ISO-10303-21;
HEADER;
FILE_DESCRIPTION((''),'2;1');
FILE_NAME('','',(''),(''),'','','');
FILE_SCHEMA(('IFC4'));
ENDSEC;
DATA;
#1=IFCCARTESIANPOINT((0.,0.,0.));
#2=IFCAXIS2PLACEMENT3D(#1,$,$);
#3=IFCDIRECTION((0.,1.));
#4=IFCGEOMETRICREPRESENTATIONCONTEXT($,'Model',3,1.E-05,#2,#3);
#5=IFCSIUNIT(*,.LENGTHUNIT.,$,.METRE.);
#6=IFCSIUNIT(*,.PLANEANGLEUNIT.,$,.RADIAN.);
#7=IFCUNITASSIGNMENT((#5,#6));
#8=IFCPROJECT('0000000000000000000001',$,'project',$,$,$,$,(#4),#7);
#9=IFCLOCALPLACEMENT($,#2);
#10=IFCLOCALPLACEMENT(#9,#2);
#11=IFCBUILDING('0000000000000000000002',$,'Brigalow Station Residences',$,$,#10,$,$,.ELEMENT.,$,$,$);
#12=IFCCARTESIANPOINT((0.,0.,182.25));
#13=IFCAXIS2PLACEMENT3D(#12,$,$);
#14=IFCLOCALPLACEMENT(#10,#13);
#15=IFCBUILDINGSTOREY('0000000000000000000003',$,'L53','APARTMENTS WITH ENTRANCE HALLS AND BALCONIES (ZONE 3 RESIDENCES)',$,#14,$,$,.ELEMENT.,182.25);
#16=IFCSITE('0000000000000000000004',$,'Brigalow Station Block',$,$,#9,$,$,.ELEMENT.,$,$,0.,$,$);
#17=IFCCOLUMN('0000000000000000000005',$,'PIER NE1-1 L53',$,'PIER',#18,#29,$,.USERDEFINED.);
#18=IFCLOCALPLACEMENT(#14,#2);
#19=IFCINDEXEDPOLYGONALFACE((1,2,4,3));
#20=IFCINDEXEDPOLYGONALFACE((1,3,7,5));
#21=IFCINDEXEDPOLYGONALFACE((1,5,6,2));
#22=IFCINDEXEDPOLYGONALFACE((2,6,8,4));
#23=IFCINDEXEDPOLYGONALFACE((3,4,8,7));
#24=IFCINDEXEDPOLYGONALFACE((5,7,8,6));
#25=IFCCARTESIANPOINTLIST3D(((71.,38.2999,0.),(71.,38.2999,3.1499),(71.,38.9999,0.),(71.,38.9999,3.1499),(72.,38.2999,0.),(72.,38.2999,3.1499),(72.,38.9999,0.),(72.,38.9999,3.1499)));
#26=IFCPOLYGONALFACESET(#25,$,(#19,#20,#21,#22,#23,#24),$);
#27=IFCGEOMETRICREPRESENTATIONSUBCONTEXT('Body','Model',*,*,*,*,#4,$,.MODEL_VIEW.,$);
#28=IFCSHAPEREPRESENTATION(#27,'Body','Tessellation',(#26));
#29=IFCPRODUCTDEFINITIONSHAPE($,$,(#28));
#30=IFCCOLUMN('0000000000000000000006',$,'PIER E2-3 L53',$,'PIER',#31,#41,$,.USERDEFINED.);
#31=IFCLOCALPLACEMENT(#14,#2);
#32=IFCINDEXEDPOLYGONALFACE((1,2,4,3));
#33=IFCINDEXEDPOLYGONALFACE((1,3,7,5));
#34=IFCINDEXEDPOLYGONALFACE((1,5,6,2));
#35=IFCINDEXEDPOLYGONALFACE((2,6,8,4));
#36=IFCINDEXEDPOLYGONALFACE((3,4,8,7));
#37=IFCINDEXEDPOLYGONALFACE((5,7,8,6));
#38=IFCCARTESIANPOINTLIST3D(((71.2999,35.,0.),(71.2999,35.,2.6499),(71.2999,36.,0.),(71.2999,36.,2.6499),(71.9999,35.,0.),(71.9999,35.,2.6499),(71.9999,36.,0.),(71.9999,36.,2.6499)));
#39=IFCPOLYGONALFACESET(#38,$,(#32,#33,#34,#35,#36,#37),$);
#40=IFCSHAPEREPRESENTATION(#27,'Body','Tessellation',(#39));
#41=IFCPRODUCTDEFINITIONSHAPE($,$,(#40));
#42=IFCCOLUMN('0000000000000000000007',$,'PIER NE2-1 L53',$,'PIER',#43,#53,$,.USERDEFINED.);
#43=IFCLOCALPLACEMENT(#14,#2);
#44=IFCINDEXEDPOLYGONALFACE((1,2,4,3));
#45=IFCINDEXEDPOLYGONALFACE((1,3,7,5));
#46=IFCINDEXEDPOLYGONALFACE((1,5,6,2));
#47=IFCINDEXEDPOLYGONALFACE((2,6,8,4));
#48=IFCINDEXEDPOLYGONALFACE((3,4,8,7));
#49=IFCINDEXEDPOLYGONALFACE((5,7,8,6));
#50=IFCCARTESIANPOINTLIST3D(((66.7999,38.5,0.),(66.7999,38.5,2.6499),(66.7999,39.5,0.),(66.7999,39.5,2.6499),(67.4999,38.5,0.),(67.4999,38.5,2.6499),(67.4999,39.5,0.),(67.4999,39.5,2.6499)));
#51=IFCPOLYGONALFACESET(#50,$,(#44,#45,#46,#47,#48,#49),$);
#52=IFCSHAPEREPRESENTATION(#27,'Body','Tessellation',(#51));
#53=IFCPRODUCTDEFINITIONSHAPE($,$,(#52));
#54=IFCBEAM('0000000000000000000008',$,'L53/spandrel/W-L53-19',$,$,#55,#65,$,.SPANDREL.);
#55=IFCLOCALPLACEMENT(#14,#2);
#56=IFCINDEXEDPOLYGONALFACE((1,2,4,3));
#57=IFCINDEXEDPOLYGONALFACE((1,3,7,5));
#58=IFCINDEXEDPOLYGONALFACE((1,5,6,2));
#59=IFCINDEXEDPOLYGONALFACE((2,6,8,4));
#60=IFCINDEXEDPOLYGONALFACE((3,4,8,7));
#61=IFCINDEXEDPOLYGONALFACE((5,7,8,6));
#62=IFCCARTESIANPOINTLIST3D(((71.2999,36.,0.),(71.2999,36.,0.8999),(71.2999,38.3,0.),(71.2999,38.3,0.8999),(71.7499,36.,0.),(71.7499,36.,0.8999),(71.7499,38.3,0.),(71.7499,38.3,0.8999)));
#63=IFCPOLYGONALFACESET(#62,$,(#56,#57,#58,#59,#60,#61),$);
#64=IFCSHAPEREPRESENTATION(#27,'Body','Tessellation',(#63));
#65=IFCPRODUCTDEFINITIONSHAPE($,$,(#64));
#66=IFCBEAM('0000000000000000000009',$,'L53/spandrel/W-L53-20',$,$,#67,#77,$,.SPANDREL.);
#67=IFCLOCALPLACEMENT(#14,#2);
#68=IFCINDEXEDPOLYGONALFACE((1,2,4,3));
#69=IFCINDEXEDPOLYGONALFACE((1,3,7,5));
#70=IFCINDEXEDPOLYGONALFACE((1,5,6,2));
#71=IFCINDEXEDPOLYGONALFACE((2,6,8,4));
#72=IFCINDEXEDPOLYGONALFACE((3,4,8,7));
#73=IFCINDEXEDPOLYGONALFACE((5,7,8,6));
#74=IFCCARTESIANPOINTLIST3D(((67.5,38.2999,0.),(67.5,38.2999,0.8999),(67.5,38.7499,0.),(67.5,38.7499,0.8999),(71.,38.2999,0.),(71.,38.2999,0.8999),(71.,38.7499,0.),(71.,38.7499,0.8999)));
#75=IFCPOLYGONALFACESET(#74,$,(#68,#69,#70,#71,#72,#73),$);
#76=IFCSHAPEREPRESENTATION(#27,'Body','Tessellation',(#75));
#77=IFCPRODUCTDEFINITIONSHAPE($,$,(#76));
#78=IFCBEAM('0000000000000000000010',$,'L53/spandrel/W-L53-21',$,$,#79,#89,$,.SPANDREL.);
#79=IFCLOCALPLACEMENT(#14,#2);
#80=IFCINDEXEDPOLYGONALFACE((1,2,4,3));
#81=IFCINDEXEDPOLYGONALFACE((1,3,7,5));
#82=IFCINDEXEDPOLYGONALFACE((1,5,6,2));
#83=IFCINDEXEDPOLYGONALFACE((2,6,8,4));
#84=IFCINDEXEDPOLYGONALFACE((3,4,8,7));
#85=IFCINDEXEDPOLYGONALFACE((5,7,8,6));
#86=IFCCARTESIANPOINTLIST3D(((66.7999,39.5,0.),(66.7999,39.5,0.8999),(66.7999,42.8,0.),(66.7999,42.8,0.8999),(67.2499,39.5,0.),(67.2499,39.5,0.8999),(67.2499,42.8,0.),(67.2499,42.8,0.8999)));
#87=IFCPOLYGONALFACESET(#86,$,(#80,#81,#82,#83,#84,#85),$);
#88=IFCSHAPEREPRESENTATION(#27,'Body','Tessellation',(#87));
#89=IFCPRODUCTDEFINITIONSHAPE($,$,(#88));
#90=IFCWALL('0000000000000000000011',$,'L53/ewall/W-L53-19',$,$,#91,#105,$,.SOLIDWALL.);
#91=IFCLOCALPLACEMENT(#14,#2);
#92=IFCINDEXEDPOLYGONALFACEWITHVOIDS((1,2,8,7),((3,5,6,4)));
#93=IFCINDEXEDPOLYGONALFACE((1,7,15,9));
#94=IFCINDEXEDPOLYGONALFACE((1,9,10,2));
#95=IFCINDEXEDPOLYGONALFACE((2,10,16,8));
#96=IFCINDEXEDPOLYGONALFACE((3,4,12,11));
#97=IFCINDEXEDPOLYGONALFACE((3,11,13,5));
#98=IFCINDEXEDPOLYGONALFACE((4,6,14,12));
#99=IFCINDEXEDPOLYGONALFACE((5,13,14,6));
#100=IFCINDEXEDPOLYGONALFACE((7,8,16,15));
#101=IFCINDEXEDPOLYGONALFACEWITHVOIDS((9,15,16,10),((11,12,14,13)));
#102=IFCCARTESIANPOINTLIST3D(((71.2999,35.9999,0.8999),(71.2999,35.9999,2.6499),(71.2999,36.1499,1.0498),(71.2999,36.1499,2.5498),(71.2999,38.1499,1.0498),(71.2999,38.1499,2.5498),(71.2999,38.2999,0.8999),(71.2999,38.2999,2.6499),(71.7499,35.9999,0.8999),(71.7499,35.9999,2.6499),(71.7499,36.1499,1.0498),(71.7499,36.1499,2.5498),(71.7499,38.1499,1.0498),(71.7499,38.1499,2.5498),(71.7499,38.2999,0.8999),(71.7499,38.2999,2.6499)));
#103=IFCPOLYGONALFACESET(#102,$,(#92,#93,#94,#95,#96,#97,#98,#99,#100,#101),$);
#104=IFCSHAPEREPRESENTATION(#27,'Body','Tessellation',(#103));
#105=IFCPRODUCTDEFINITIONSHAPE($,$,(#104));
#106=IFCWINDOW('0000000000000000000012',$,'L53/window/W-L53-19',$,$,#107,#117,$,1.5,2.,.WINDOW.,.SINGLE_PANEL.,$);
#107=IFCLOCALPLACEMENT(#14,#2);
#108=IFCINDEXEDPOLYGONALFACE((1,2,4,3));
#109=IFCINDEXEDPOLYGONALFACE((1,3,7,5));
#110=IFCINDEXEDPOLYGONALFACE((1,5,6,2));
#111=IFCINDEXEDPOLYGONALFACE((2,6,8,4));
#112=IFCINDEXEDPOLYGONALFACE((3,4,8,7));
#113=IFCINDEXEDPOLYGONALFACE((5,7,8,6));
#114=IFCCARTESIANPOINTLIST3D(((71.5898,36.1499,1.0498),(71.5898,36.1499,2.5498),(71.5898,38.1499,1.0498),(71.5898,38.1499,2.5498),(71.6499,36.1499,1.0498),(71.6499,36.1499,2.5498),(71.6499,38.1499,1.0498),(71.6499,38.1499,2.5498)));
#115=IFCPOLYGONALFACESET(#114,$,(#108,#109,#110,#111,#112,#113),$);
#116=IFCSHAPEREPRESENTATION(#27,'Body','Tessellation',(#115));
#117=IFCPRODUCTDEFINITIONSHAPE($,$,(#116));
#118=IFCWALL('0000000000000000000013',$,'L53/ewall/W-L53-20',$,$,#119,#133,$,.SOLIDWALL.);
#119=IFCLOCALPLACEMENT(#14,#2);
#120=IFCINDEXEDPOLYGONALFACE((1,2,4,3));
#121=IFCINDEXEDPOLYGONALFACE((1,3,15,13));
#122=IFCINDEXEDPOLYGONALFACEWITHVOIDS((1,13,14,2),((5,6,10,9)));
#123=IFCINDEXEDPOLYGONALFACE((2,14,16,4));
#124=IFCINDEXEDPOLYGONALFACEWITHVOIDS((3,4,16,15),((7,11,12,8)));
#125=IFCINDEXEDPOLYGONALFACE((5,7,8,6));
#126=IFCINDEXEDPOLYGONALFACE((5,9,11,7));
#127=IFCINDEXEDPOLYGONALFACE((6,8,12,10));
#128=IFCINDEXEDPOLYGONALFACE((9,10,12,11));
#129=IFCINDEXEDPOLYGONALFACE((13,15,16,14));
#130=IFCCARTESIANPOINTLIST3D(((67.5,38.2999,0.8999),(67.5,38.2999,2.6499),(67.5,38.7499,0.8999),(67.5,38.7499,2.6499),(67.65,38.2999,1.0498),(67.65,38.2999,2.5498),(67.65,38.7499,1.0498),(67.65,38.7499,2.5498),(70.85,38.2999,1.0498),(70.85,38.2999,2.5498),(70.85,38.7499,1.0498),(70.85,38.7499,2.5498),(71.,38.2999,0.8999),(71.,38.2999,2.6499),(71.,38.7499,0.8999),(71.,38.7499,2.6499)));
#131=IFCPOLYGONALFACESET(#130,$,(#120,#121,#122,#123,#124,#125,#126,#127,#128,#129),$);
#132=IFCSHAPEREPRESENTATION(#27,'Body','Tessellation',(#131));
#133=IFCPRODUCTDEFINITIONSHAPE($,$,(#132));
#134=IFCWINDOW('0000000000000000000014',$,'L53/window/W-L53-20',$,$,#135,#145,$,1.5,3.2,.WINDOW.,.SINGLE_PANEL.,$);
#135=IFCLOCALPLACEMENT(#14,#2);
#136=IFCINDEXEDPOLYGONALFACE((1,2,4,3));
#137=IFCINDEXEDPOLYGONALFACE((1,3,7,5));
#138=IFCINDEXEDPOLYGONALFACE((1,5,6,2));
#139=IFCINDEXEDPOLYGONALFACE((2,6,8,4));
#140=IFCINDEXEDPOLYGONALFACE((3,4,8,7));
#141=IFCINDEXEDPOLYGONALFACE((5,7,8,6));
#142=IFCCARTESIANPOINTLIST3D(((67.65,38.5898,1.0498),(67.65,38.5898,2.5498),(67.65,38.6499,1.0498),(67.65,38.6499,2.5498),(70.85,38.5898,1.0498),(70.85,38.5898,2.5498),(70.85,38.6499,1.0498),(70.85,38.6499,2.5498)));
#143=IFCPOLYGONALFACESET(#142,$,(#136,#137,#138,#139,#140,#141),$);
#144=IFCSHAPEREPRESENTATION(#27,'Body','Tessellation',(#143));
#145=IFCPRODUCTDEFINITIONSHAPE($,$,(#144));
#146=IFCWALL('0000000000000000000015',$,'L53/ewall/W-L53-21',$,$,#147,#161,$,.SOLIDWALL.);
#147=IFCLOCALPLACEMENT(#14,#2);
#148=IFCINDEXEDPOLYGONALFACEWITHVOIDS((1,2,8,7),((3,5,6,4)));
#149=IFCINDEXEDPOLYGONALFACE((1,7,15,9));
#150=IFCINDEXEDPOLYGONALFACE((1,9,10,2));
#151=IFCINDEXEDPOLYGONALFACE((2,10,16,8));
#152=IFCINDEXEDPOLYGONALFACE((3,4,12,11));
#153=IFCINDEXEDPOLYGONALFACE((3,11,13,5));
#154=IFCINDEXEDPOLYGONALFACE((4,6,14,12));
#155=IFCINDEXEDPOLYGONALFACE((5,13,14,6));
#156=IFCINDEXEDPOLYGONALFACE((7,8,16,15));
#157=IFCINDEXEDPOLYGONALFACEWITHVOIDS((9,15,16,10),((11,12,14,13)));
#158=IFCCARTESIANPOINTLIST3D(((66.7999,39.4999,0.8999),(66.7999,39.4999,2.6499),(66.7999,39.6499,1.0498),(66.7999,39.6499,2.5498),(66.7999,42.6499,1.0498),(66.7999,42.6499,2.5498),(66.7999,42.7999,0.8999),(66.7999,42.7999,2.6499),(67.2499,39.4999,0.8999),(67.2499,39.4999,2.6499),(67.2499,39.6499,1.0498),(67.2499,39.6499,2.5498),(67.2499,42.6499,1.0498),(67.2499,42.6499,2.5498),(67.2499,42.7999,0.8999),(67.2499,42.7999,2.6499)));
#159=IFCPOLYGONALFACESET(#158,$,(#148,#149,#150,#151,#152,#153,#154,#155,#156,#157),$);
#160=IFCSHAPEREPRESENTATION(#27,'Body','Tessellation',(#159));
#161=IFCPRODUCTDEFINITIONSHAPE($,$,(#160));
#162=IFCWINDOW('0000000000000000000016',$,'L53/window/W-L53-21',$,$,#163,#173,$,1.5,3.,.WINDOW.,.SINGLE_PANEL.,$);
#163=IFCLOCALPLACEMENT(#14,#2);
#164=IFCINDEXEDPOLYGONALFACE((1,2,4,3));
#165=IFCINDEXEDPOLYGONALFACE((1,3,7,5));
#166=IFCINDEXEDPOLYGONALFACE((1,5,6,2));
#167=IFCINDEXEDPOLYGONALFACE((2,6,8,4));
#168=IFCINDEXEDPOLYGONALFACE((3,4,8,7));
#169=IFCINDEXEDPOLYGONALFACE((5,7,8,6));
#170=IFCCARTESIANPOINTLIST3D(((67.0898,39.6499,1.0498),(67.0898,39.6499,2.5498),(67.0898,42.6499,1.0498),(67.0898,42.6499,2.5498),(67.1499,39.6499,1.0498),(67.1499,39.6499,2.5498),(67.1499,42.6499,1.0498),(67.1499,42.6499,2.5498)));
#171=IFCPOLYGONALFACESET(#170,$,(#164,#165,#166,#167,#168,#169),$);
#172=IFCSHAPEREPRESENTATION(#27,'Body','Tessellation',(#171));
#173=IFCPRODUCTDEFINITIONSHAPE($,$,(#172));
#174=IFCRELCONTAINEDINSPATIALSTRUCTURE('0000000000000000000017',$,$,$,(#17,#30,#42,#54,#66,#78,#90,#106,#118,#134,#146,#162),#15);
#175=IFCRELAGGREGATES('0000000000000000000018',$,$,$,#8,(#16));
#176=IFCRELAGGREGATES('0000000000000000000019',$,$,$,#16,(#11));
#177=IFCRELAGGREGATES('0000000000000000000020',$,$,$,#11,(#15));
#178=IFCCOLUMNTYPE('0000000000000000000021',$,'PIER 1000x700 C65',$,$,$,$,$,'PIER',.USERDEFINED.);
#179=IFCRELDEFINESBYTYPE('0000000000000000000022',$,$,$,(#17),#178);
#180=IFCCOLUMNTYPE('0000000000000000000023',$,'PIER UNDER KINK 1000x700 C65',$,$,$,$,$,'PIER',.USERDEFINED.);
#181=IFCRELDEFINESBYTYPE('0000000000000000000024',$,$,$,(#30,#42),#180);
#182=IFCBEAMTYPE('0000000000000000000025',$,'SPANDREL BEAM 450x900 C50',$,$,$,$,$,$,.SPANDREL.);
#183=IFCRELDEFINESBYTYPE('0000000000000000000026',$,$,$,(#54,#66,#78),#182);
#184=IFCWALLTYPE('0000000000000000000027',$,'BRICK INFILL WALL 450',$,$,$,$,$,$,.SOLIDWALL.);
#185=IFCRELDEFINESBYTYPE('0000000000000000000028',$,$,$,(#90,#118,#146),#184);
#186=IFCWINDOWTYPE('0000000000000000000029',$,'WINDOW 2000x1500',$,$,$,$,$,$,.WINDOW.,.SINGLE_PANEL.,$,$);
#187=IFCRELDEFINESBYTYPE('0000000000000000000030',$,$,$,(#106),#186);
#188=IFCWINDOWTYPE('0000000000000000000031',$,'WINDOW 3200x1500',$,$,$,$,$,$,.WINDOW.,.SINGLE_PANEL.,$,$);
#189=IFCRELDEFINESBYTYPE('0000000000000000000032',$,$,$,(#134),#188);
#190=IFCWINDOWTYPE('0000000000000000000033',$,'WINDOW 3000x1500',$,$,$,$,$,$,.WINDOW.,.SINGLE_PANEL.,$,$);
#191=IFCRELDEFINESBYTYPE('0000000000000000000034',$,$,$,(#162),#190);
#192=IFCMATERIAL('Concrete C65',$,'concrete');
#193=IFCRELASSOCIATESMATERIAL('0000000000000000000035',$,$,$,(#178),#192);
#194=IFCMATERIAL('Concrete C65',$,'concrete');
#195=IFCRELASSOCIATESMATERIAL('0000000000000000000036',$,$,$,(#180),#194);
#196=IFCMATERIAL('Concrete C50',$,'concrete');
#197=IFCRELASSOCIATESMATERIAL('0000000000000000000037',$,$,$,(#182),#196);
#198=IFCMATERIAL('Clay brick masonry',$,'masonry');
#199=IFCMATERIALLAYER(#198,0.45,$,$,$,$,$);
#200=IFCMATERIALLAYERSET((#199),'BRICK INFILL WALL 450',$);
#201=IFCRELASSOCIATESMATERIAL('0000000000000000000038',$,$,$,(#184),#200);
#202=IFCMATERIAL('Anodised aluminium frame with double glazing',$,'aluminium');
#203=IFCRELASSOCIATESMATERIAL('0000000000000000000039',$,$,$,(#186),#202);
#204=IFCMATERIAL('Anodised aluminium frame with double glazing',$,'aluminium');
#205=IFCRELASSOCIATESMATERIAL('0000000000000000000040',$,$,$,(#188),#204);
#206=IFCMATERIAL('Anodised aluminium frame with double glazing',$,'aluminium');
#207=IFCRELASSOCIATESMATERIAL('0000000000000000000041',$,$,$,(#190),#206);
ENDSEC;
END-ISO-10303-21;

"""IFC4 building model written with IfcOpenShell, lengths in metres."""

from ifc_helpers import new_model, si_unit, direction, frame, frame_2d, origin, origin_2d, place, context, subcontext, project, spatial, rectangle, extrude, material, layer, layer_set, material_profile, profile_set, type_object, element, fill, save


model = new_model("IFC4")

# Units and contexts
model_context = context("Model", 3, precision=1e-05, world=origin(), true_north=direction((0.0, 1.0)))
body_context = subcontext(model_context, "Body", "Model", "MODEL_VIEW")
ifc_project = project(units=[si_unit("LENGTHUNIT", "METRE"), si_unit("PLANEANGLEUNIT", "RADIAN")], contexts=[model_context])

# Site, building, storey
site_placement = place(None, origin())
site = spatial("IfcSite", under=ifc_project, at=site_placement, Name="Brigalow Station Block", CompositionType="ELEMENT", RefElevation=0.0)
building_placement = place(site_placement, origin())
building = spatial("IfcBuilding", under=site, at=building_placement, Name="Brigalow Station Residences", CompositionType="ELEMENT")
storey_placement = place(building_placement, frame((0.0, 0.0, 182.25)))
storey = spatial("IfcBuildingStorey", under=building, at=storey_placement, Name="L53", Description="APARTMENTS WITH ENTRANCE HALLS AND BALCONIES (ZONE 3 RESIDENCES)", CompositionType="ELEMENT", Elevation=182.25)

# Columns
ifc_material_1 = material(Name="Concrete C65", Category="concrete")
ifc_material_profile_1 = material_profile(ifc_material_1, rectangle(XDim=1.0, YDim=0.7, at=origin_2d()), Name="RC1000x700")
ifc_profile_set_1 = profile_set([ifc_material_profile_1], Name="Concrete C65")
column_type_1 = type_object("IfcColumnType", Name="PIER 1000x700 C65", ElementType="PIER", PredefinedType="USERDEFINED", material=ifc_profile_set_1)
column_placement = place(storey_placement, frame((71.5, 38.6499, 0.0), z_axis=(0.0, 0.0, 1.0), x_axis=(-1.0, 0.0, 0.0)))
element("IfcColumn", 1, at=column_placement, inside=storey, type_object=column_type_1, Name="PIER NE1-1 L53", ObjectType="PIER", PredefinedType="USERDEFINED", context=body_context, shape_type="SweptSolid", body=[
    extrude(rectangle(XDim=1.0, YDim=0.7, at=origin_2d()), origin(), (0.0, 0.0, 1.0), 3.1499),
])
ifc_material_2 = material(Name="Concrete C65", Category="concrete")
ifc_material_profile_2 = material_profile(ifc_material_2, rectangle(XDim=1.0, YDim=0.7, at=origin_2d()), Name="RC1000x700")
ifc_profile_set_2 = profile_set([ifc_material_profile_2], Name="Concrete C65")
column_type_2 = type_object("IfcColumnType", Name="PIER UNDER KINK 1000x700 C65", ElementType="PIER", PredefinedType="USERDEFINED", material=ifc_profile_set_2)
for number, where, z_axis, x_axis, name in (
    (2, (71.6499, 35.5, 0.0), (0.0, 0.0, 1.0), (0.0, 1.0, 0.0), "PIER E2-3 L53"),
    (3, (67.1499, 39.0, 0.0), (0.0, 0.0, 1.0), (0.0, 1.0, 0.0), "PIER NE2-1 L53"),
):
    element("IfcColumn", number, at=place(storey_placement, frame(where, z_axis=z_axis, x_axis=x_axis)), inside=storey, type_object=column_type_2, Name=name, ObjectType="PIER", PredefinedType="USERDEFINED", context=body_context, shape_type="SweptSolid", body=[
        extrude(rectangle(XDim=1.0, YDim=0.7, at=origin_2d()), origin(), (0.0, 0.0, 1.0), 2.6499),
    ])

# Beams
ifc_material_3 = material(Name="Concrete C50", Category="concrete")
ifc_material_profile_3 = material_profile(ifc_material_3, rectangle(XDim=0.45, YDim=0.8999, at=origin_2d()), Name="RC450x900")
ifc_profile_set_3 = profile_set([ifc_material_profile_3], Name="Concrete C50")
beam_type = type_object("IfcBeamType", Name="SPANDREL BEAM 450x900 C50", PredefinedType="SPANDREL", material=ifc_profile_set_3)
beam_1_placement = place(storey_placement, frame((71.5249, 36.0, 0.45), z_axis=(0.0, 1.0, 0.0), x_axis=(-1.0, 0.0, 0.0)))
element("IfcBeam", 4, at=beam_1_placement, inside=storey, type_object=beam_type, Name="L53/spandrel/W-L53-19", PredefinedType="SPANDREL", context=body_context, shape_type="SweptSolid", body=[
    extrude(rectangle(XDim=0.45, YDim=0.8999, at=origin_2d()), origin(), (0.0, 0.0, 1.0), 2.3),
])
beam_2_placement = place(storey_placement, frame((71.0, 38.5249, 0.45), z_axis=(-1.0, 0.0, 0.0), x_axis=(0.0, -1.0, 0.0)))
element("IfcBeam", 5, at=beam_2_placement, inside=storey, type_object=beam_type, Name="L53/spandrel/W-L53-20", PredefinedType="SPANDREL", context=body_context, shape_type="SweptSolid", body=[
    extrude(rectangle(XDim=0.45, YDim=0.8999, at=origin_2d()), origin(), (0.0, 0.0, 1.0), 3.5),
])
beam_3_placement = place(storey_placement, frame((67.0249, 39.5, 0.45), z_axis=(0.0, 1.0, 0.0), x_axis=(-1.0, 0.0, 0.0)))
element("IfcBeam", 6, at=beam_3_placement, inside=storey, type_object=beam_type, Name="L53/spandrel/W-L53-21", PredefinedType="SPANDREL", context=body_context, shape_type="SweptSolid", body=[
    extrude(rectangle(XDim=0.45, YDim=0.8999, at=origin_2d()), origin(), (0.0, 0.0, 1.0), 3.3),
])

# Walls, openings, windows
ifc_material_4 = material(Name="Clay brick masonry", Category="masonry")
ifc_layer_1 = layer(ifc_material_4, 0.45)
ifc_layer_set_1 = layer_set([ifc_layer_1], Name="BRICK INFILL WALL 450")
wall_type_1 = type_object("IfcWallType", Name="BRICK INFILL WALL 450", PredefinedType="SOLIDWALL", material=ifc_layer_set_1)
wall_1_placement = place(storey_placement, frame((71.5249, 36.0, 0.8999), z_axis=(0.0, 0.0, 1.0), x_axis=(0.0, 1.0, 0.0)))
wall_1 = element("IfcWall", 7, at=wall_1_placement, inside=storey, type_object=wall_type_1, Name="L53/ewall/W-L53-19", PredefinedType="SOLIDWALL", context=body_context, shape_type="SweptSolid", body=[
    extrude(rectangle(XDim=2.3, YDim=0.45, at=frame_2d((1.1499, 0.0))), origin(), (0.0, 0.0, 1.0), 1.75),
])
opening_1_placement = place(wall_1_placement, frame((0.1499, 0.0, 0.1499)))
opening_1 = element("IfcOpeningElement", 8, at=opening_1_placement, cuts=wall_1, PredefinedType="OPENING", context=body_context, shape_type="SweptSolid", body=[
    extrude(rectangle(XDim=2.0, YDim=1.5, at=frame_2d((1.0, 0.75))), frame((0.0, 0.2349, 0.0), z_axis=(0.0, -1.0, 0.0), x_axis=(1.0, 0.0, 0.0)), (0.0, 0.0, 1.0), 0.47),
])
ifc_material_5 = material(Name="Anodised aluminium frame with double glazing", Category="aluminium")
window_type_1 = type_object("IfcWindowType", Name="WINDOW 2000x1500", PartitioningType="SINGLE_PANEL", PredefinedType="WINDOW", material=ifc_material_5)
window_1_placement = place(opening_1_placement, origin())
window_1 = element("IfcWindow", 9, at=window_1_placement, inside=storey, type_object=window_type_1, Name="L53/window/W-L53-19", OverallHeight=1.5, OverallWidth=2.0, PartitioningType="SINGLE_PANEL", PredefinedType="WINDOW", context=body_context, shape_type="SweptSolid", body=[
    extrude(rectangle(XDim=2.0, YDim=1.5, at=frame_2d((1.0, 0.75))), frame((0.0, -0.0649, 0.0), z_axis=(0.0, -1.0, 0.0), x_axis=(1.0, 0.0, 0.0)), (0.0, 0.0, 1.0), 0.0601),
])
fill(opening_1, window_1)
wall_2_placement = place(storey_placement, frame((71.0, 38.5249, 0.8999), z_axis=(0.0, 0.0, 1.0), x_axis=(-1.0, 0.0, 0.0)))
wall_2 = element("IfcWall", 10, at=wall_2_placement, inside=storey, type_object=wall_type_1, Name="L53/ewall/W-L53-20", PredefinedType="SOLIDWALL", context=body_context, shape_type="SweptSolid", body=[
    extrude(rectangle(XDim=3.5, YDim=0.45, at=frame_2d((1.75, 0.0))), origin(), (0.0, 0.0, 1.0), 1.75),
])
opening_2_placement = place(wall_2_placement, frame((0.1499, 0.0, 0.1499)))
opening_2 = element("IfcOpeningElement", 11, at=opening_2_placement, cuts=wall_2, PredefinedType="OPENING", context=body_context, shape_type="SweptSolid", body=[
    extrude(rectangle(XDim=3.2, YDim=1.5, at=frame_2d((1.6001, 0.75))), frame((0.0, 0.2349, 0.0), z_axis=(0.0, -1.0, 0.0), x_axis=(1.0, 0.0, 0.0)), (0.0, 0.0, 1.0), 0.47),
])
ifc_material_6 = material(Name="Anodised aluminium frame with double glazing", Category="aluminium")
window_type_2 = type_object("IfcWindowType", Name="WINDOW 3200x1500", PartitioningType="SINGLE_PANEL", PredefinedType="WINDOW", material=ifc_material_6)
window_2_placement = place(opening_2_placement, origin())
window_2 = element("IfcWindow", 12, at=window_2_placement, inside=storey, type_object=window_type_2, Name="L53/window/W-L53-20", OverallHeight=1.5, OverallWidth=3.2, PartitioningType="SINGLE_PANEL", PredefinedType="WINDOW", context=body_context, shape_type="SweptSolid", body=[
    extrude(rectangle(XDim=3.2, YDim=1.5, at=frame_2d((1.6001, 0.75))), frame((0.0, -0.0649, 0.0), z_axis=(0.0, -1.0, 0.0), x_axis=(1.0, 0.0, 0.0)), (0.0, 0.0, 1.0), 0.0601),
])
fill(opening_2, window_2)
wall_3_placement = place(storey_placement, frame((67.0249, 39.5, 0.8999), z_axis=(0.0, 0.0, 1.0), x_axis=(0.0, 1.0, 0.0)))
wall_3 = element("IfcWall", 13, at=wall_3_placement, inside=storey, type_object=wall_type_1, Name="L53/ewall/W-L53-21", PredefinedType="SOLIDWALL", context=body_context, shape_type="SweptSolid", body=[
    extrude(rectangle(XDim=3.3, YDim=0.45, at=frame_2d((1.6499, 0.0))), origin(), (0.0, 0.0, 1.0), 1.75),
])
opening_3_placement = place(wall_3_placement, frame((0.1499, 0.0, 0.1499)))
opening_3 = element("IfcOpeningElement", 14, at=opening_3_placement, cuts=wall_3, PredefinedType="OPENING", context=body_context, shape_type="SweptSolid", body=[
    extrude(rectangle(XDim=3.0, YDim=1.5, at=frame_2d((1.5, 0.75))), frame((0.0, 0.2349, 0.0), z_axis=(0.0, -1.0, 0.0), x_axis=(1.0, 0.0, 0.0)), (0.0, 0.0, 1.0), 0.47),
])
ifc_material_7 = material(Name="Anodised aluminium frame with double glazing", Category="aluminium")
window_type_3 = type_object("IfcWindowType", Name="WINDOW 3000x1500", PartitioningType="SINGLE_PANEL", PredefinedType="WINDOW", material=ifc_material_7)
window_3_placement = place(opening_3_placement, origin())
window_3 = element("IfcWindow", 15, at=window_3_placement, inside=storey, type_object=window_type_3, Name="L53/window/W-L53-21", OverallHeight=1.5, OverallWidth=3.0, PartitioningType="SINGLE_PANEL", PredefinedType="WINDOW", context=body_context, shape_type="SweptSolid", body=[
    extrude(rectangle(XDim=3.0, YDim=1.5, at=frame_2d((1.5, 0.75))), frame((0.0, -0.0649, 0.0), z_axis=(0.0, -1.0, 0.0), x_axis=(1.0, 0.0, 0.0)), (0.0, 0.0, 1.0), 0.0601),
])
fill(opening_3, window_3)

save(model, "model.ifc")
